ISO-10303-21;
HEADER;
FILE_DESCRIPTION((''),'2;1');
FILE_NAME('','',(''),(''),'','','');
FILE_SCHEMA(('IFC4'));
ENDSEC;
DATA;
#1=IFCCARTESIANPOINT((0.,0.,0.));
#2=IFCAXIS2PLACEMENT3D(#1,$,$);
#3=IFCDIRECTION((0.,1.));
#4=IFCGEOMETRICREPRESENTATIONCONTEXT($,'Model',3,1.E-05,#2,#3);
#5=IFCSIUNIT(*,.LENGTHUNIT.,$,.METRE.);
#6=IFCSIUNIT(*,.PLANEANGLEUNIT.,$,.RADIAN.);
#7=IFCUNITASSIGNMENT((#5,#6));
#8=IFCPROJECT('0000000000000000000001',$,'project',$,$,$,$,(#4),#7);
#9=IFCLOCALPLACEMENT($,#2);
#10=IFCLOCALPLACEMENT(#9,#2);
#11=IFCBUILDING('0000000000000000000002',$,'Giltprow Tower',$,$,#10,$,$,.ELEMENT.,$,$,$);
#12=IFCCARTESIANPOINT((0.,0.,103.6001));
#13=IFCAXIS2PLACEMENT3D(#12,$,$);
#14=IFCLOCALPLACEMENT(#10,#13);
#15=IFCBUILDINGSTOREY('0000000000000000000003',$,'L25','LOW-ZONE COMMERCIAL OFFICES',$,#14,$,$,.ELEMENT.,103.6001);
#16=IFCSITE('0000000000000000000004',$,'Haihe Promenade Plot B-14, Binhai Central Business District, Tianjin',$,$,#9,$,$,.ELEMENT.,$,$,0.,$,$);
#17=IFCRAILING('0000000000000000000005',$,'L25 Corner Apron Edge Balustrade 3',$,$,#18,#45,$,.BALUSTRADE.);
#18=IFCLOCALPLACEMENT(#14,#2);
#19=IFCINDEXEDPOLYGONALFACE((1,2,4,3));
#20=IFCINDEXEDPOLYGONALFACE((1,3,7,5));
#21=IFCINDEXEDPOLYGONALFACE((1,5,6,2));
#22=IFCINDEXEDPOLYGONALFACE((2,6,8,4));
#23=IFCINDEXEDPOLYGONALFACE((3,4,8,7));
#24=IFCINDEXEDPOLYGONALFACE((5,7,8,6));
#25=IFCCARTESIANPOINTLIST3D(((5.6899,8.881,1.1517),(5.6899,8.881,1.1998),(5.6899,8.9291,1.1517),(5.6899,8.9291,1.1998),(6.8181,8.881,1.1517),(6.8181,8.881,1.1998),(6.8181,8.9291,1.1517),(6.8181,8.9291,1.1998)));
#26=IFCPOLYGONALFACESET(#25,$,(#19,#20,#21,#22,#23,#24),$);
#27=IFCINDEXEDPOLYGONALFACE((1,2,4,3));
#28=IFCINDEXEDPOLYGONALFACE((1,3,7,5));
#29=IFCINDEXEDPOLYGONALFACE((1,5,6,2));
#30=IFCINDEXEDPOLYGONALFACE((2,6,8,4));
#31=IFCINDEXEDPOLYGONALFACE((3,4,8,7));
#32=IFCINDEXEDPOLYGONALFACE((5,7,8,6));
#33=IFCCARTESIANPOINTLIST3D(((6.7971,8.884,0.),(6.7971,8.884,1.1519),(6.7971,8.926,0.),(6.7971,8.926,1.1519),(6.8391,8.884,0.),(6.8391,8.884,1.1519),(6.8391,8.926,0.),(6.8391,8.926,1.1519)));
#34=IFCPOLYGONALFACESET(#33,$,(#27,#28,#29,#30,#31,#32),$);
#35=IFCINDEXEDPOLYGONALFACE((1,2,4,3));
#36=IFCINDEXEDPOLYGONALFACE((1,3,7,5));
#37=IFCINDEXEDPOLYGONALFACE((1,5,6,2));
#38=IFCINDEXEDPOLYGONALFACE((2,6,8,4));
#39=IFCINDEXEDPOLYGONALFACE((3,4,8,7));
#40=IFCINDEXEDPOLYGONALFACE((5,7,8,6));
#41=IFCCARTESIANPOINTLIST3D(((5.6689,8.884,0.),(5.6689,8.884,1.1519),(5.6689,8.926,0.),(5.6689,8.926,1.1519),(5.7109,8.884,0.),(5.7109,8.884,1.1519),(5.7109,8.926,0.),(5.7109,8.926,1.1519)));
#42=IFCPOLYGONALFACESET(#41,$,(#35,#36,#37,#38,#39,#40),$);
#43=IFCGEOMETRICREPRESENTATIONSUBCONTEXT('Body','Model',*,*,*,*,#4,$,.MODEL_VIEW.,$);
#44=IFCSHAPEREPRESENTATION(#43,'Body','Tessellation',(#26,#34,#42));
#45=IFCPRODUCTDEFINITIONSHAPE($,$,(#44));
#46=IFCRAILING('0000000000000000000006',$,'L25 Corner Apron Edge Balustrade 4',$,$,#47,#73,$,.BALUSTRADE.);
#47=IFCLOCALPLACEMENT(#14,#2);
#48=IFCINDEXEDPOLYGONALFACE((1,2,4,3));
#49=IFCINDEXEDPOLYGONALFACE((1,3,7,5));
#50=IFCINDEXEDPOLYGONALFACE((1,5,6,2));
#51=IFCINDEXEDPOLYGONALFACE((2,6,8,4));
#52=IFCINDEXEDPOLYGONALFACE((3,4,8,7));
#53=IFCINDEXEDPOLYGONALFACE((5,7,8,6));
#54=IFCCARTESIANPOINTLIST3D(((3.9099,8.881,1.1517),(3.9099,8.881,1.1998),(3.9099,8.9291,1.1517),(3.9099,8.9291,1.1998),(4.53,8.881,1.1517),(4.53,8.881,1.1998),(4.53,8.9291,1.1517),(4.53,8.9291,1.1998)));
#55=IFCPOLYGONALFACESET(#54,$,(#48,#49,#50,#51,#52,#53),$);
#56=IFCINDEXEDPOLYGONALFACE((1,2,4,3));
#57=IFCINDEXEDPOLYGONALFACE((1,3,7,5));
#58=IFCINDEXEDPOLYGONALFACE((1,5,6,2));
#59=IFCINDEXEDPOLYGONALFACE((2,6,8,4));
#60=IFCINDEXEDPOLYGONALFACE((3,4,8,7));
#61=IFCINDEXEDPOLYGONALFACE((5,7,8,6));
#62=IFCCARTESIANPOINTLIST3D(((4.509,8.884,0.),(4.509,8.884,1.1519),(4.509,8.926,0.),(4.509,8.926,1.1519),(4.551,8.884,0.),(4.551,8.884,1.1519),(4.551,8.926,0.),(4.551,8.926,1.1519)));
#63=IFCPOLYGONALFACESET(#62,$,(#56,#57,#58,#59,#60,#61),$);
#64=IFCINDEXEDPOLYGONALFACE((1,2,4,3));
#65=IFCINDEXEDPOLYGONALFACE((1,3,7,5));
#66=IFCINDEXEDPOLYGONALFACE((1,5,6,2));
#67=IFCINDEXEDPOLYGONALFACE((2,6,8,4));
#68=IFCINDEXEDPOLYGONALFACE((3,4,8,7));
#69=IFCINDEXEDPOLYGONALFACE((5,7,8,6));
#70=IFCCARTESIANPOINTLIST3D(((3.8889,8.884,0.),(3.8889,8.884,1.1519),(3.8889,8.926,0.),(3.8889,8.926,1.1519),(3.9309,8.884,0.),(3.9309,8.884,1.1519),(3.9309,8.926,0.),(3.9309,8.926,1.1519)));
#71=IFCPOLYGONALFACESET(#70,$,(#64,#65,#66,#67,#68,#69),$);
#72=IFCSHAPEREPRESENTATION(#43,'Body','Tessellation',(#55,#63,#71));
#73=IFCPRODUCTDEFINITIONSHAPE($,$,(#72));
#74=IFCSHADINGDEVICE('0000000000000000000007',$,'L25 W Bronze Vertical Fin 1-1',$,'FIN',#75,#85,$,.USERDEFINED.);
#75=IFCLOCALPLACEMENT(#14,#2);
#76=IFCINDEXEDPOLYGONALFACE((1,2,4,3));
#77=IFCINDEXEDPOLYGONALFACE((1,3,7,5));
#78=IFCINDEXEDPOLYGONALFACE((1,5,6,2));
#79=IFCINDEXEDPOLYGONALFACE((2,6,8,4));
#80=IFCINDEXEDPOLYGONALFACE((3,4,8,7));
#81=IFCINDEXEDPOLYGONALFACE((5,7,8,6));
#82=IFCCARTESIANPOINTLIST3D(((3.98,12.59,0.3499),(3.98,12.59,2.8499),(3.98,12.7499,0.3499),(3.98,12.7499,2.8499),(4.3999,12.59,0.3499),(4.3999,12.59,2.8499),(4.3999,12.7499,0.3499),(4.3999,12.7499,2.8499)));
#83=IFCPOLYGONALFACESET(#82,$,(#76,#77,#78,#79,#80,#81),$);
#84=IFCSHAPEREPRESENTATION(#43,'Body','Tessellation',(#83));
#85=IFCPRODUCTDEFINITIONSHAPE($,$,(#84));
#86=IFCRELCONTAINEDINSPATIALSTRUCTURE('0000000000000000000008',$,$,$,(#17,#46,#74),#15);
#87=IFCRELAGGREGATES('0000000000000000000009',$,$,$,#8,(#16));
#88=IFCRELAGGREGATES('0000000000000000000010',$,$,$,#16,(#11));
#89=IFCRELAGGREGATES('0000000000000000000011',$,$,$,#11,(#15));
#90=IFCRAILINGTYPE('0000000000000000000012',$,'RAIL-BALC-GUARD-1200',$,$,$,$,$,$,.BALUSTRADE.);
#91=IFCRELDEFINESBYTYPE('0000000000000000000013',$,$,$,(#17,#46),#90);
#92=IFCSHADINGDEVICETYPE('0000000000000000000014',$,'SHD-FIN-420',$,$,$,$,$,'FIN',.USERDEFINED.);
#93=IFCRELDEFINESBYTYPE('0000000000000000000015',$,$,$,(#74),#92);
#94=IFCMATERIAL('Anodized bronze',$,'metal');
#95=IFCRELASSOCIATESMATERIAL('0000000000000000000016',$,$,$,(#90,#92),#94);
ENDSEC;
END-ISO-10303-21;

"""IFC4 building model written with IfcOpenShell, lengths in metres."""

from ifc_helpers import new_model, si_unit, direction, frame, origin, origin_2d, place, context, subcontext, project, spatial, rectangle, extrude, source, transform, mapped, material, type_object, element, save


model = new_model("IFC4")

# Units and contexts
model_context = context("Model", 3, precision=1e-05, world=origin(), true_north=direction((0.0, 1.0)))
body_context = subcontext(model_context, "Body", "Model", "MODEL_VIEW")
ifc_project = project(units=[si_unit("LENGTHUNIT", "METRE"), si_unit("PLANEANGLEUNIT", "RADIAN")], contexts=[model_context])

# Site, building, storey
site_placement = place(None, origin())
site = spatial("IfcSite", under=ifc_project, at=site_placement, Name="Haihe Promenade Plot B-14, Binhai Central Business District, Tianjin", CompositionType="ELEMENT", RefElevation=0.0)
building_placement = place(site_placement, origin())
building = spatial("IfcBuilding", under=site, at=building_placement, Name="Giltprow Tower", CompositionType="ELEMENT")
storey_placement = place(building_placement, frame((0.0, 0.0, 103.6001)))
storey = spatial("IfcBuildingStorey", under=building, at=storey_placement, Name="L25", Description="LOW-ZONE COMMERCIAL OFFICES", CompositionType="ELEMENT", Elevation=103.6001)

# Shared definitions
ifc_material_1 = material(Name="Anodized bronze", Category="metal")

# Railings
railing_type = type_object("IfcRailingType", Name="RAIL-BALC-GUARD-1200", PredefinedType="BALUSTRADE", material=ifc_material_1)
railing_1_placement = place(storey_placement, frame((6.8181, 8.905, 0.0)))
element("IfcRailing", 1, at=railing_1_placement, inside=storey, type_object=railing_type, Name="L25 Corner Apron Edge Balustrade 3", PredefinedType="BALUSTRADE", context=body_context, shape_type="SweptSolid", body=[
    extrude(rectangle(XDim=0.0481, YDim=0.0481, at=origin_2d()), frame((0.0, 0.0, 1.1758), z_axis=(-1.0, 0.0, 0.0), x_axis=(0.0, -1.0, 0.0)), (0.0, 0.0, 1.0), 1.1282),
    extrude(rectangle(XDim=0.042, YDim=0.042, at=origin_2d()), origin(), (0.0, 0.0, 1.0), 1.1519),
    extrude(rectangle(XDim=0.042, YDim=0.042, at=origin_2d()), frame((-1.1282, 0.0, 0.0)), (0.0, 0.0, 1.0), 1.1519),
])
railing_2_placement = place(storey_placement, frame((4.53, 8.905, 0.0)))
element("IfcRailing", 2, at=railing_2_placement, inside=storey, type_object=railing_type, Name="L25 Corner Apron Edge Balustrade 4", PredefinedType="BALUSTRADE", context=body_context, shape_type="SweptSolid", body=[
    extrude(rectangle(XDim=0.0481, YDim=0.0481, at=origin_2d()), frame((0.0, 0.0, 1.1758), z_axis=(-1.0, 0.0, 0.0), x_axis=(0.0, -1.0, 0.0)), (0.0, 0.0, 1.0), 0.6201),
    extrude(rectangle(XDim=0.042, YDim=0.042, at=origin_2d()), origin(), (0.0, 0.0, 1.0), 1.1519),
    extrude(rectangle(XDim=0.042, YDim=0.042, at=origin_2d()), frame((-0.6201, 0.0, 0.0)), (0.0, 0.0, 1.0), 1.1519),
])

# Shading device
shading_device_type = type_object("IfcShadingDeviceType", Name="SHD-FIN-420", ElementType="FIN", PredefinedType="USERDEFINED", material=ifc_material_1)
shared_shape_1 = source(origin(), body_context, "Body", "SweptSolid", [
    extrude(rectangle(XDim=0.4199, YDim=0.1599, at=origin_2d()), origin(), (0.0, 0.0, 1.0), 2.5),
])
shading_device_placement = place(storey_placement, frame((4.1899, 12.6699, 0.3499), z_axis=(0.0, 0.0, 1.0), x_axis=(1.0, 0.0, 0.0)))
element("IfcShadingDevice", 3, at=shading_device_placement, inside=storey, type_object=shading_device_type, Name="L25 W Bronze Vertical Fin 1-1", ObjectType="FIN", PredefinedType="USERDEFINED", context=body_context, shape_type="MappedRepresentation", body=[
    mapped(shared_shape_1, transform((0.0, 0.0, 0.0), x_axis=(1.0, 0.0, 0.0), y_axis=(0.0, 1.0, 0.0), z_axis=(0.0, 0.0, 1.0), scale=1.0)),
])

save(model, "model.ifc")
